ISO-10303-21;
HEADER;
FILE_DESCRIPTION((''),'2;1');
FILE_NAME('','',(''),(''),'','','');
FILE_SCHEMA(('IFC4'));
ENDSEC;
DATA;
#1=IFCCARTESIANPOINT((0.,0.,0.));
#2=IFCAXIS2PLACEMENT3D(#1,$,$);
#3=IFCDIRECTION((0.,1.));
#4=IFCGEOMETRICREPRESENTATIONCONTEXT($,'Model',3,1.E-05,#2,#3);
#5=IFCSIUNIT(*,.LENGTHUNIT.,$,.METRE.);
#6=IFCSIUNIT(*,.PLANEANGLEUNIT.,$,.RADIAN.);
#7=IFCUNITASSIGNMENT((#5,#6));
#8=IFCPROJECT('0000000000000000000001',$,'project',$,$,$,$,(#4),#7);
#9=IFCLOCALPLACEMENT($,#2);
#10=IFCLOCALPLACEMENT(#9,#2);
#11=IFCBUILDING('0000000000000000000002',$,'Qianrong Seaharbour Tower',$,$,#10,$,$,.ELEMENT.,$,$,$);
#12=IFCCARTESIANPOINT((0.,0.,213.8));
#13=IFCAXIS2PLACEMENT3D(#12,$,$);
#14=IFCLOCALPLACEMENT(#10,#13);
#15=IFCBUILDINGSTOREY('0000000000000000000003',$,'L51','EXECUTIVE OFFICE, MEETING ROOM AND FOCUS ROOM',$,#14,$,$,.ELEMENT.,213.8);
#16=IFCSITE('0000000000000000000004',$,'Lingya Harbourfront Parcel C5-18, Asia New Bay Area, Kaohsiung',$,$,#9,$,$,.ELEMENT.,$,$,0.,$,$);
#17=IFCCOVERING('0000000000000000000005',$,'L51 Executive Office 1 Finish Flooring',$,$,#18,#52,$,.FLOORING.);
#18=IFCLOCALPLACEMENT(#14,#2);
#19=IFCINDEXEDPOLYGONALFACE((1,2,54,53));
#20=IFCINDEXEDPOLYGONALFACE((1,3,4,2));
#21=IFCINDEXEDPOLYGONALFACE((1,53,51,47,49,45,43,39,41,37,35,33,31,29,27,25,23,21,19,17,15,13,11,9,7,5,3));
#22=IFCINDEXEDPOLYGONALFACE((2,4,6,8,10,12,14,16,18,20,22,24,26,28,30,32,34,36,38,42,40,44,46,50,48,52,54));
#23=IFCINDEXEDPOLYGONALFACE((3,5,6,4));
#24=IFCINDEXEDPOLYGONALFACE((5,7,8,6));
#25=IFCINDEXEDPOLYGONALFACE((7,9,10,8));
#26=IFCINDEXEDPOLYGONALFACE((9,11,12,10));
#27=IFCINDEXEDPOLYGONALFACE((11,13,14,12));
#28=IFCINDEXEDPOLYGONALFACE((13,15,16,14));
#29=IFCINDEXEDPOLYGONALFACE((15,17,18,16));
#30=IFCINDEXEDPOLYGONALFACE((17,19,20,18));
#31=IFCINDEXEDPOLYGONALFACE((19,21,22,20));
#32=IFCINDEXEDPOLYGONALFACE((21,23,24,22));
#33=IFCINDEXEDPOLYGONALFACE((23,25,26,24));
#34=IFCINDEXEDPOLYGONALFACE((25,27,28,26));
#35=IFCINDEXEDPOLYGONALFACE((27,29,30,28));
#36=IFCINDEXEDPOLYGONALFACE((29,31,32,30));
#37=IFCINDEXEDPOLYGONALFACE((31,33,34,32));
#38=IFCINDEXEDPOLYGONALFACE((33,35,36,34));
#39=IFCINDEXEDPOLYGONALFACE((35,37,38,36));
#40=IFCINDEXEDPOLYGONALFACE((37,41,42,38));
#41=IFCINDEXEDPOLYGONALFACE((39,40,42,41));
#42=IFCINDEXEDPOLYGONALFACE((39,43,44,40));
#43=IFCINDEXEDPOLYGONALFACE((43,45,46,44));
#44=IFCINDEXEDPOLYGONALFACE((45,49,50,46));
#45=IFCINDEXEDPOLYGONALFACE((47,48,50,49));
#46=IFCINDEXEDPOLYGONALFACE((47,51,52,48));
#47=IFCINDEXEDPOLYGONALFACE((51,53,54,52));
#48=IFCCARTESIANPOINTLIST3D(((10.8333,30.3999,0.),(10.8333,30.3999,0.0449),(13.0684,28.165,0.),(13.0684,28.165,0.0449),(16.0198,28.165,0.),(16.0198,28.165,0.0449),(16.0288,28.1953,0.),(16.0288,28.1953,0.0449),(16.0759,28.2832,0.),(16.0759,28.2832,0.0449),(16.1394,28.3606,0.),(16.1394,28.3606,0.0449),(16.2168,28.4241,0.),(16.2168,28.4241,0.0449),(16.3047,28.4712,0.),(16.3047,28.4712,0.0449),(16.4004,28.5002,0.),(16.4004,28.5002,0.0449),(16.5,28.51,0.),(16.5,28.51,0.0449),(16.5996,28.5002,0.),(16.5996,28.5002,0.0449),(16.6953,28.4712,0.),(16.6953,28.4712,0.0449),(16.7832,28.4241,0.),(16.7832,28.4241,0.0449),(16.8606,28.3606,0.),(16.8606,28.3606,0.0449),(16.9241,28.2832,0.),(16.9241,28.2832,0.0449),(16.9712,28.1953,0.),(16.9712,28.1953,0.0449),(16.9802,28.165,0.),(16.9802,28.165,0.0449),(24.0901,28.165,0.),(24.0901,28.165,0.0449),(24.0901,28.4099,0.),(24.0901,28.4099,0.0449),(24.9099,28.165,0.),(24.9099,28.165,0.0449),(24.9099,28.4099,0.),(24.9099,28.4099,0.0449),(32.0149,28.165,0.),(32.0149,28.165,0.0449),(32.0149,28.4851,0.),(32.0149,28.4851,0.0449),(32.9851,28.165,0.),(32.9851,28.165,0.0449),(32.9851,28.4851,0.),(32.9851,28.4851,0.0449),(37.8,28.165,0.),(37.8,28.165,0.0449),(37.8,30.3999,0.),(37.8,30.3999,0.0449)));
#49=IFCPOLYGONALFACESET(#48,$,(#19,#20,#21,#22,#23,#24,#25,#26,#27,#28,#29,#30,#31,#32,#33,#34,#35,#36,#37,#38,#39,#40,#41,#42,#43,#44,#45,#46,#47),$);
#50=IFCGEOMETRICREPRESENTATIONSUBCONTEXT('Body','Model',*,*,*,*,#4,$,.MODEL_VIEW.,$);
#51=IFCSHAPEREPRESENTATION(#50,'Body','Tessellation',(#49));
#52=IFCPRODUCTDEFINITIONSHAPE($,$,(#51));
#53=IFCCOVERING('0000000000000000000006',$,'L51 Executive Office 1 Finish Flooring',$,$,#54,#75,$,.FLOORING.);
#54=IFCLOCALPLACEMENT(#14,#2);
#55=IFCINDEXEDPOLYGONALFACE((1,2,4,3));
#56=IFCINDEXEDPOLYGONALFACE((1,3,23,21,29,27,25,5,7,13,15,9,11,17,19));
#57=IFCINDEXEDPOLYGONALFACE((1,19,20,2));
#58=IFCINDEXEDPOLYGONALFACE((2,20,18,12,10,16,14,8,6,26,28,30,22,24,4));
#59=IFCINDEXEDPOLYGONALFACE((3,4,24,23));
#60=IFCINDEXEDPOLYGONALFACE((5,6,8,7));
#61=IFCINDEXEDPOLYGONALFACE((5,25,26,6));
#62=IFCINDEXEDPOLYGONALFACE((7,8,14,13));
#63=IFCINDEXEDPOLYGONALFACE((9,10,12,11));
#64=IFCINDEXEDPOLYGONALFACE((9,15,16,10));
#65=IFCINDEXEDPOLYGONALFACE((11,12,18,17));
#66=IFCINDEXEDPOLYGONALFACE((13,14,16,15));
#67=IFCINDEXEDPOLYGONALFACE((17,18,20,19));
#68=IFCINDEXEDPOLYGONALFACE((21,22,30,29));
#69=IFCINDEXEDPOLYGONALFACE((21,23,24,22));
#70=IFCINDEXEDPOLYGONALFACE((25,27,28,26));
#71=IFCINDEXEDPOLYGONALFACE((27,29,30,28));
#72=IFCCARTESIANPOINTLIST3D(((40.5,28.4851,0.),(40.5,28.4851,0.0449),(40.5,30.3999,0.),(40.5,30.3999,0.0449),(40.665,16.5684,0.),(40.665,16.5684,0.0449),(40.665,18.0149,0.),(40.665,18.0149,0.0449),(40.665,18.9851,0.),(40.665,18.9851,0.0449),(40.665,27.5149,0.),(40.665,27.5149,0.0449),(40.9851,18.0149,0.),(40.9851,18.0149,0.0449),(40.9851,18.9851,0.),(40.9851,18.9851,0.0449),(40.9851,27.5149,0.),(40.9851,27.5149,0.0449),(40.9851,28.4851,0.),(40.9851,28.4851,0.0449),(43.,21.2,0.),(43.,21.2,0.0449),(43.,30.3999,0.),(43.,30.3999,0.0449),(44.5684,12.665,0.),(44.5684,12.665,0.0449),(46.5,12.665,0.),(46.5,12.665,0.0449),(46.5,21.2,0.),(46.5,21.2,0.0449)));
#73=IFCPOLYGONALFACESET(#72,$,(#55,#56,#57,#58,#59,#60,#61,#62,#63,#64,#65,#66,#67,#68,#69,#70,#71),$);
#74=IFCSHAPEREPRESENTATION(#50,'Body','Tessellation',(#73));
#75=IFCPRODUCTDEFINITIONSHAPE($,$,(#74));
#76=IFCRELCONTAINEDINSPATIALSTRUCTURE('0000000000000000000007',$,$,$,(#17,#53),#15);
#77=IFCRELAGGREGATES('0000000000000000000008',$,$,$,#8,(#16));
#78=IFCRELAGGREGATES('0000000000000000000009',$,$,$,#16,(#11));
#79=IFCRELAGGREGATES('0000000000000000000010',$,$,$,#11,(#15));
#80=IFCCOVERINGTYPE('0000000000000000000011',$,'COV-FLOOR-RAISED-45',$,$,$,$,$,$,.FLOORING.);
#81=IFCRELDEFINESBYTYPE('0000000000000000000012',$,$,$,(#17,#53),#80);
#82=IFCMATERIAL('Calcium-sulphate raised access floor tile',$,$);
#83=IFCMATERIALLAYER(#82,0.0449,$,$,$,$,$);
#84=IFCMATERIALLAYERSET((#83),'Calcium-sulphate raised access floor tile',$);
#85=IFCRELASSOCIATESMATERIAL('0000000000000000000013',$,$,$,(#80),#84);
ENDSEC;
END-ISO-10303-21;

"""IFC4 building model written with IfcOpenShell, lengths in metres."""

from ifc_helpers import new_model, si_unit, direction, frame, origin, place, context, subcontext, project, spatial, polyline, outline, extrude, material, layer, layer_set, type_object, element, save


model = new_model("IFC4")

# Units and contexts
model_context = context("Model", 3, precision=1e-05, world=origin(), true_north=direction((0.0, 1.0)))
body_context = subcontext(model_context, "Body", "Model", "MODEL_VIEW")
ifc_project = project(units=[si_unit("LENGTHUNIT", "METRE"), si_unit("PLANEANGLEUNIT", "RADIAN")], contexts=[model_context])

# Site, building, storey
site_placement = place(None, origin())
site = spatial("IfcSite", under=ifc_project, at=site_placement, Name="Lingya Harbourfront Parcel C5-18, Asia New Bay Area, Kaohsiung", CompositionType="ELEMENT", RefElevation=0.0)
building_placement = place(site_placement, origin())
building = spatial("IfcBuilding", under=site, at=building_placement, Name="Qianrong Seaharbour Tower", CompositionType="ELEMENT")
storey_placement = place(building_placement, frame((0.0, 0.0, 213.8)))
storey = spatial("IfcBuildingStorey", under=building, at=storey_placement, Name="L51", Description="EXECUTIVE OFFICE, MEETING ROOM AND FOCUS ROOM", CompositionType="ELEMENT", Elevation=213.8)

# Coverings
ifc_material_1 = material(Name="Calcium-sulphate raised access floor tile")
ifc_layer_1 = layer(ifc_material_1, 0.0449)
ifc_layer_set_1 = layer_set([ifc_layer_1], Name="Calcium-sulphate raised access floor tile")
covering_type_1 = type_object("IfcCoveringType", Name="COV-FLOOR-RAISED-45", PredefinedType="FLOORING", material=ifc_layer_set_1)
covering_1_placement = place(storey_placement, origin())
element("IfcCovering", 1, at=covering_1_placement, inside=storey, type_object=covering_type_1, Name="L51 Executive Office 1 Finish Flooring", PredefinedType="FLOORING", context=body_context, shape_type="SweptSolid", body=[
    extrude(outline(polyline([(32.9851, 28.165), (32.9851, 28.4851), (32.0149, 28.4851), (32.0149, 28.165), (24.9099, 28.165), (24.9099, 28.4099), (24.0901, 28.4099), (24.0901, 28.165), (16.9802, 28.165), (16.9712, 28.1953), (16.9241, 28.2832), (16.8606, 28.3606), (16.7832, 28.4241), (16.6953, 28.4712), (16.5996, 28.5002), (16.5, 28.51), (16.4004, 28.5002), (16.3047, 28.4712), (16.2168, 28.4241), (16.1394, 28.3606), (16.0759, 28.2832), (16.0288, 28.1953), (16.0198, 28.165), (13.0684, 28.165), (10.8333, 30.3999), (37.8, 30.3999), (37.8, 28.165), (32.9851, 28.165)])), origin(), (0.0, 0.0, 1.0), 0.0449),
])
covering_2_placement = place(storey_placement, origin())
element("IfcCovering", 2, at=covering_2_placement, inside=storey, type_object=covering_type_1, Name="L51 Executive Office 1 Finish Flooring", PredefinedType="FLOORING", context=body_context, shape_type="SweptSolid", body=[
    extrude(outline(polyline([(43.0, 21.2), (46.5, 21.2), (46.5, 12.665), (44.5684, 12.665), (40.665, 16.5684), (40.665, 18.0149), (40.9851, 18.0149), (40.9851, 18.9851), (40.665, 18.9851), (40.665, 27.5149), (40.9851, 27.5149), (40.9851, 28.4851), (40.5, 28.4851), (40.5, 30.3999), (43.0, 30.3999), (43.0, 21.2)])), origin(), (0.0, 0.0, 1.0), 0.0449),
])

save(model, "model.ifc")
